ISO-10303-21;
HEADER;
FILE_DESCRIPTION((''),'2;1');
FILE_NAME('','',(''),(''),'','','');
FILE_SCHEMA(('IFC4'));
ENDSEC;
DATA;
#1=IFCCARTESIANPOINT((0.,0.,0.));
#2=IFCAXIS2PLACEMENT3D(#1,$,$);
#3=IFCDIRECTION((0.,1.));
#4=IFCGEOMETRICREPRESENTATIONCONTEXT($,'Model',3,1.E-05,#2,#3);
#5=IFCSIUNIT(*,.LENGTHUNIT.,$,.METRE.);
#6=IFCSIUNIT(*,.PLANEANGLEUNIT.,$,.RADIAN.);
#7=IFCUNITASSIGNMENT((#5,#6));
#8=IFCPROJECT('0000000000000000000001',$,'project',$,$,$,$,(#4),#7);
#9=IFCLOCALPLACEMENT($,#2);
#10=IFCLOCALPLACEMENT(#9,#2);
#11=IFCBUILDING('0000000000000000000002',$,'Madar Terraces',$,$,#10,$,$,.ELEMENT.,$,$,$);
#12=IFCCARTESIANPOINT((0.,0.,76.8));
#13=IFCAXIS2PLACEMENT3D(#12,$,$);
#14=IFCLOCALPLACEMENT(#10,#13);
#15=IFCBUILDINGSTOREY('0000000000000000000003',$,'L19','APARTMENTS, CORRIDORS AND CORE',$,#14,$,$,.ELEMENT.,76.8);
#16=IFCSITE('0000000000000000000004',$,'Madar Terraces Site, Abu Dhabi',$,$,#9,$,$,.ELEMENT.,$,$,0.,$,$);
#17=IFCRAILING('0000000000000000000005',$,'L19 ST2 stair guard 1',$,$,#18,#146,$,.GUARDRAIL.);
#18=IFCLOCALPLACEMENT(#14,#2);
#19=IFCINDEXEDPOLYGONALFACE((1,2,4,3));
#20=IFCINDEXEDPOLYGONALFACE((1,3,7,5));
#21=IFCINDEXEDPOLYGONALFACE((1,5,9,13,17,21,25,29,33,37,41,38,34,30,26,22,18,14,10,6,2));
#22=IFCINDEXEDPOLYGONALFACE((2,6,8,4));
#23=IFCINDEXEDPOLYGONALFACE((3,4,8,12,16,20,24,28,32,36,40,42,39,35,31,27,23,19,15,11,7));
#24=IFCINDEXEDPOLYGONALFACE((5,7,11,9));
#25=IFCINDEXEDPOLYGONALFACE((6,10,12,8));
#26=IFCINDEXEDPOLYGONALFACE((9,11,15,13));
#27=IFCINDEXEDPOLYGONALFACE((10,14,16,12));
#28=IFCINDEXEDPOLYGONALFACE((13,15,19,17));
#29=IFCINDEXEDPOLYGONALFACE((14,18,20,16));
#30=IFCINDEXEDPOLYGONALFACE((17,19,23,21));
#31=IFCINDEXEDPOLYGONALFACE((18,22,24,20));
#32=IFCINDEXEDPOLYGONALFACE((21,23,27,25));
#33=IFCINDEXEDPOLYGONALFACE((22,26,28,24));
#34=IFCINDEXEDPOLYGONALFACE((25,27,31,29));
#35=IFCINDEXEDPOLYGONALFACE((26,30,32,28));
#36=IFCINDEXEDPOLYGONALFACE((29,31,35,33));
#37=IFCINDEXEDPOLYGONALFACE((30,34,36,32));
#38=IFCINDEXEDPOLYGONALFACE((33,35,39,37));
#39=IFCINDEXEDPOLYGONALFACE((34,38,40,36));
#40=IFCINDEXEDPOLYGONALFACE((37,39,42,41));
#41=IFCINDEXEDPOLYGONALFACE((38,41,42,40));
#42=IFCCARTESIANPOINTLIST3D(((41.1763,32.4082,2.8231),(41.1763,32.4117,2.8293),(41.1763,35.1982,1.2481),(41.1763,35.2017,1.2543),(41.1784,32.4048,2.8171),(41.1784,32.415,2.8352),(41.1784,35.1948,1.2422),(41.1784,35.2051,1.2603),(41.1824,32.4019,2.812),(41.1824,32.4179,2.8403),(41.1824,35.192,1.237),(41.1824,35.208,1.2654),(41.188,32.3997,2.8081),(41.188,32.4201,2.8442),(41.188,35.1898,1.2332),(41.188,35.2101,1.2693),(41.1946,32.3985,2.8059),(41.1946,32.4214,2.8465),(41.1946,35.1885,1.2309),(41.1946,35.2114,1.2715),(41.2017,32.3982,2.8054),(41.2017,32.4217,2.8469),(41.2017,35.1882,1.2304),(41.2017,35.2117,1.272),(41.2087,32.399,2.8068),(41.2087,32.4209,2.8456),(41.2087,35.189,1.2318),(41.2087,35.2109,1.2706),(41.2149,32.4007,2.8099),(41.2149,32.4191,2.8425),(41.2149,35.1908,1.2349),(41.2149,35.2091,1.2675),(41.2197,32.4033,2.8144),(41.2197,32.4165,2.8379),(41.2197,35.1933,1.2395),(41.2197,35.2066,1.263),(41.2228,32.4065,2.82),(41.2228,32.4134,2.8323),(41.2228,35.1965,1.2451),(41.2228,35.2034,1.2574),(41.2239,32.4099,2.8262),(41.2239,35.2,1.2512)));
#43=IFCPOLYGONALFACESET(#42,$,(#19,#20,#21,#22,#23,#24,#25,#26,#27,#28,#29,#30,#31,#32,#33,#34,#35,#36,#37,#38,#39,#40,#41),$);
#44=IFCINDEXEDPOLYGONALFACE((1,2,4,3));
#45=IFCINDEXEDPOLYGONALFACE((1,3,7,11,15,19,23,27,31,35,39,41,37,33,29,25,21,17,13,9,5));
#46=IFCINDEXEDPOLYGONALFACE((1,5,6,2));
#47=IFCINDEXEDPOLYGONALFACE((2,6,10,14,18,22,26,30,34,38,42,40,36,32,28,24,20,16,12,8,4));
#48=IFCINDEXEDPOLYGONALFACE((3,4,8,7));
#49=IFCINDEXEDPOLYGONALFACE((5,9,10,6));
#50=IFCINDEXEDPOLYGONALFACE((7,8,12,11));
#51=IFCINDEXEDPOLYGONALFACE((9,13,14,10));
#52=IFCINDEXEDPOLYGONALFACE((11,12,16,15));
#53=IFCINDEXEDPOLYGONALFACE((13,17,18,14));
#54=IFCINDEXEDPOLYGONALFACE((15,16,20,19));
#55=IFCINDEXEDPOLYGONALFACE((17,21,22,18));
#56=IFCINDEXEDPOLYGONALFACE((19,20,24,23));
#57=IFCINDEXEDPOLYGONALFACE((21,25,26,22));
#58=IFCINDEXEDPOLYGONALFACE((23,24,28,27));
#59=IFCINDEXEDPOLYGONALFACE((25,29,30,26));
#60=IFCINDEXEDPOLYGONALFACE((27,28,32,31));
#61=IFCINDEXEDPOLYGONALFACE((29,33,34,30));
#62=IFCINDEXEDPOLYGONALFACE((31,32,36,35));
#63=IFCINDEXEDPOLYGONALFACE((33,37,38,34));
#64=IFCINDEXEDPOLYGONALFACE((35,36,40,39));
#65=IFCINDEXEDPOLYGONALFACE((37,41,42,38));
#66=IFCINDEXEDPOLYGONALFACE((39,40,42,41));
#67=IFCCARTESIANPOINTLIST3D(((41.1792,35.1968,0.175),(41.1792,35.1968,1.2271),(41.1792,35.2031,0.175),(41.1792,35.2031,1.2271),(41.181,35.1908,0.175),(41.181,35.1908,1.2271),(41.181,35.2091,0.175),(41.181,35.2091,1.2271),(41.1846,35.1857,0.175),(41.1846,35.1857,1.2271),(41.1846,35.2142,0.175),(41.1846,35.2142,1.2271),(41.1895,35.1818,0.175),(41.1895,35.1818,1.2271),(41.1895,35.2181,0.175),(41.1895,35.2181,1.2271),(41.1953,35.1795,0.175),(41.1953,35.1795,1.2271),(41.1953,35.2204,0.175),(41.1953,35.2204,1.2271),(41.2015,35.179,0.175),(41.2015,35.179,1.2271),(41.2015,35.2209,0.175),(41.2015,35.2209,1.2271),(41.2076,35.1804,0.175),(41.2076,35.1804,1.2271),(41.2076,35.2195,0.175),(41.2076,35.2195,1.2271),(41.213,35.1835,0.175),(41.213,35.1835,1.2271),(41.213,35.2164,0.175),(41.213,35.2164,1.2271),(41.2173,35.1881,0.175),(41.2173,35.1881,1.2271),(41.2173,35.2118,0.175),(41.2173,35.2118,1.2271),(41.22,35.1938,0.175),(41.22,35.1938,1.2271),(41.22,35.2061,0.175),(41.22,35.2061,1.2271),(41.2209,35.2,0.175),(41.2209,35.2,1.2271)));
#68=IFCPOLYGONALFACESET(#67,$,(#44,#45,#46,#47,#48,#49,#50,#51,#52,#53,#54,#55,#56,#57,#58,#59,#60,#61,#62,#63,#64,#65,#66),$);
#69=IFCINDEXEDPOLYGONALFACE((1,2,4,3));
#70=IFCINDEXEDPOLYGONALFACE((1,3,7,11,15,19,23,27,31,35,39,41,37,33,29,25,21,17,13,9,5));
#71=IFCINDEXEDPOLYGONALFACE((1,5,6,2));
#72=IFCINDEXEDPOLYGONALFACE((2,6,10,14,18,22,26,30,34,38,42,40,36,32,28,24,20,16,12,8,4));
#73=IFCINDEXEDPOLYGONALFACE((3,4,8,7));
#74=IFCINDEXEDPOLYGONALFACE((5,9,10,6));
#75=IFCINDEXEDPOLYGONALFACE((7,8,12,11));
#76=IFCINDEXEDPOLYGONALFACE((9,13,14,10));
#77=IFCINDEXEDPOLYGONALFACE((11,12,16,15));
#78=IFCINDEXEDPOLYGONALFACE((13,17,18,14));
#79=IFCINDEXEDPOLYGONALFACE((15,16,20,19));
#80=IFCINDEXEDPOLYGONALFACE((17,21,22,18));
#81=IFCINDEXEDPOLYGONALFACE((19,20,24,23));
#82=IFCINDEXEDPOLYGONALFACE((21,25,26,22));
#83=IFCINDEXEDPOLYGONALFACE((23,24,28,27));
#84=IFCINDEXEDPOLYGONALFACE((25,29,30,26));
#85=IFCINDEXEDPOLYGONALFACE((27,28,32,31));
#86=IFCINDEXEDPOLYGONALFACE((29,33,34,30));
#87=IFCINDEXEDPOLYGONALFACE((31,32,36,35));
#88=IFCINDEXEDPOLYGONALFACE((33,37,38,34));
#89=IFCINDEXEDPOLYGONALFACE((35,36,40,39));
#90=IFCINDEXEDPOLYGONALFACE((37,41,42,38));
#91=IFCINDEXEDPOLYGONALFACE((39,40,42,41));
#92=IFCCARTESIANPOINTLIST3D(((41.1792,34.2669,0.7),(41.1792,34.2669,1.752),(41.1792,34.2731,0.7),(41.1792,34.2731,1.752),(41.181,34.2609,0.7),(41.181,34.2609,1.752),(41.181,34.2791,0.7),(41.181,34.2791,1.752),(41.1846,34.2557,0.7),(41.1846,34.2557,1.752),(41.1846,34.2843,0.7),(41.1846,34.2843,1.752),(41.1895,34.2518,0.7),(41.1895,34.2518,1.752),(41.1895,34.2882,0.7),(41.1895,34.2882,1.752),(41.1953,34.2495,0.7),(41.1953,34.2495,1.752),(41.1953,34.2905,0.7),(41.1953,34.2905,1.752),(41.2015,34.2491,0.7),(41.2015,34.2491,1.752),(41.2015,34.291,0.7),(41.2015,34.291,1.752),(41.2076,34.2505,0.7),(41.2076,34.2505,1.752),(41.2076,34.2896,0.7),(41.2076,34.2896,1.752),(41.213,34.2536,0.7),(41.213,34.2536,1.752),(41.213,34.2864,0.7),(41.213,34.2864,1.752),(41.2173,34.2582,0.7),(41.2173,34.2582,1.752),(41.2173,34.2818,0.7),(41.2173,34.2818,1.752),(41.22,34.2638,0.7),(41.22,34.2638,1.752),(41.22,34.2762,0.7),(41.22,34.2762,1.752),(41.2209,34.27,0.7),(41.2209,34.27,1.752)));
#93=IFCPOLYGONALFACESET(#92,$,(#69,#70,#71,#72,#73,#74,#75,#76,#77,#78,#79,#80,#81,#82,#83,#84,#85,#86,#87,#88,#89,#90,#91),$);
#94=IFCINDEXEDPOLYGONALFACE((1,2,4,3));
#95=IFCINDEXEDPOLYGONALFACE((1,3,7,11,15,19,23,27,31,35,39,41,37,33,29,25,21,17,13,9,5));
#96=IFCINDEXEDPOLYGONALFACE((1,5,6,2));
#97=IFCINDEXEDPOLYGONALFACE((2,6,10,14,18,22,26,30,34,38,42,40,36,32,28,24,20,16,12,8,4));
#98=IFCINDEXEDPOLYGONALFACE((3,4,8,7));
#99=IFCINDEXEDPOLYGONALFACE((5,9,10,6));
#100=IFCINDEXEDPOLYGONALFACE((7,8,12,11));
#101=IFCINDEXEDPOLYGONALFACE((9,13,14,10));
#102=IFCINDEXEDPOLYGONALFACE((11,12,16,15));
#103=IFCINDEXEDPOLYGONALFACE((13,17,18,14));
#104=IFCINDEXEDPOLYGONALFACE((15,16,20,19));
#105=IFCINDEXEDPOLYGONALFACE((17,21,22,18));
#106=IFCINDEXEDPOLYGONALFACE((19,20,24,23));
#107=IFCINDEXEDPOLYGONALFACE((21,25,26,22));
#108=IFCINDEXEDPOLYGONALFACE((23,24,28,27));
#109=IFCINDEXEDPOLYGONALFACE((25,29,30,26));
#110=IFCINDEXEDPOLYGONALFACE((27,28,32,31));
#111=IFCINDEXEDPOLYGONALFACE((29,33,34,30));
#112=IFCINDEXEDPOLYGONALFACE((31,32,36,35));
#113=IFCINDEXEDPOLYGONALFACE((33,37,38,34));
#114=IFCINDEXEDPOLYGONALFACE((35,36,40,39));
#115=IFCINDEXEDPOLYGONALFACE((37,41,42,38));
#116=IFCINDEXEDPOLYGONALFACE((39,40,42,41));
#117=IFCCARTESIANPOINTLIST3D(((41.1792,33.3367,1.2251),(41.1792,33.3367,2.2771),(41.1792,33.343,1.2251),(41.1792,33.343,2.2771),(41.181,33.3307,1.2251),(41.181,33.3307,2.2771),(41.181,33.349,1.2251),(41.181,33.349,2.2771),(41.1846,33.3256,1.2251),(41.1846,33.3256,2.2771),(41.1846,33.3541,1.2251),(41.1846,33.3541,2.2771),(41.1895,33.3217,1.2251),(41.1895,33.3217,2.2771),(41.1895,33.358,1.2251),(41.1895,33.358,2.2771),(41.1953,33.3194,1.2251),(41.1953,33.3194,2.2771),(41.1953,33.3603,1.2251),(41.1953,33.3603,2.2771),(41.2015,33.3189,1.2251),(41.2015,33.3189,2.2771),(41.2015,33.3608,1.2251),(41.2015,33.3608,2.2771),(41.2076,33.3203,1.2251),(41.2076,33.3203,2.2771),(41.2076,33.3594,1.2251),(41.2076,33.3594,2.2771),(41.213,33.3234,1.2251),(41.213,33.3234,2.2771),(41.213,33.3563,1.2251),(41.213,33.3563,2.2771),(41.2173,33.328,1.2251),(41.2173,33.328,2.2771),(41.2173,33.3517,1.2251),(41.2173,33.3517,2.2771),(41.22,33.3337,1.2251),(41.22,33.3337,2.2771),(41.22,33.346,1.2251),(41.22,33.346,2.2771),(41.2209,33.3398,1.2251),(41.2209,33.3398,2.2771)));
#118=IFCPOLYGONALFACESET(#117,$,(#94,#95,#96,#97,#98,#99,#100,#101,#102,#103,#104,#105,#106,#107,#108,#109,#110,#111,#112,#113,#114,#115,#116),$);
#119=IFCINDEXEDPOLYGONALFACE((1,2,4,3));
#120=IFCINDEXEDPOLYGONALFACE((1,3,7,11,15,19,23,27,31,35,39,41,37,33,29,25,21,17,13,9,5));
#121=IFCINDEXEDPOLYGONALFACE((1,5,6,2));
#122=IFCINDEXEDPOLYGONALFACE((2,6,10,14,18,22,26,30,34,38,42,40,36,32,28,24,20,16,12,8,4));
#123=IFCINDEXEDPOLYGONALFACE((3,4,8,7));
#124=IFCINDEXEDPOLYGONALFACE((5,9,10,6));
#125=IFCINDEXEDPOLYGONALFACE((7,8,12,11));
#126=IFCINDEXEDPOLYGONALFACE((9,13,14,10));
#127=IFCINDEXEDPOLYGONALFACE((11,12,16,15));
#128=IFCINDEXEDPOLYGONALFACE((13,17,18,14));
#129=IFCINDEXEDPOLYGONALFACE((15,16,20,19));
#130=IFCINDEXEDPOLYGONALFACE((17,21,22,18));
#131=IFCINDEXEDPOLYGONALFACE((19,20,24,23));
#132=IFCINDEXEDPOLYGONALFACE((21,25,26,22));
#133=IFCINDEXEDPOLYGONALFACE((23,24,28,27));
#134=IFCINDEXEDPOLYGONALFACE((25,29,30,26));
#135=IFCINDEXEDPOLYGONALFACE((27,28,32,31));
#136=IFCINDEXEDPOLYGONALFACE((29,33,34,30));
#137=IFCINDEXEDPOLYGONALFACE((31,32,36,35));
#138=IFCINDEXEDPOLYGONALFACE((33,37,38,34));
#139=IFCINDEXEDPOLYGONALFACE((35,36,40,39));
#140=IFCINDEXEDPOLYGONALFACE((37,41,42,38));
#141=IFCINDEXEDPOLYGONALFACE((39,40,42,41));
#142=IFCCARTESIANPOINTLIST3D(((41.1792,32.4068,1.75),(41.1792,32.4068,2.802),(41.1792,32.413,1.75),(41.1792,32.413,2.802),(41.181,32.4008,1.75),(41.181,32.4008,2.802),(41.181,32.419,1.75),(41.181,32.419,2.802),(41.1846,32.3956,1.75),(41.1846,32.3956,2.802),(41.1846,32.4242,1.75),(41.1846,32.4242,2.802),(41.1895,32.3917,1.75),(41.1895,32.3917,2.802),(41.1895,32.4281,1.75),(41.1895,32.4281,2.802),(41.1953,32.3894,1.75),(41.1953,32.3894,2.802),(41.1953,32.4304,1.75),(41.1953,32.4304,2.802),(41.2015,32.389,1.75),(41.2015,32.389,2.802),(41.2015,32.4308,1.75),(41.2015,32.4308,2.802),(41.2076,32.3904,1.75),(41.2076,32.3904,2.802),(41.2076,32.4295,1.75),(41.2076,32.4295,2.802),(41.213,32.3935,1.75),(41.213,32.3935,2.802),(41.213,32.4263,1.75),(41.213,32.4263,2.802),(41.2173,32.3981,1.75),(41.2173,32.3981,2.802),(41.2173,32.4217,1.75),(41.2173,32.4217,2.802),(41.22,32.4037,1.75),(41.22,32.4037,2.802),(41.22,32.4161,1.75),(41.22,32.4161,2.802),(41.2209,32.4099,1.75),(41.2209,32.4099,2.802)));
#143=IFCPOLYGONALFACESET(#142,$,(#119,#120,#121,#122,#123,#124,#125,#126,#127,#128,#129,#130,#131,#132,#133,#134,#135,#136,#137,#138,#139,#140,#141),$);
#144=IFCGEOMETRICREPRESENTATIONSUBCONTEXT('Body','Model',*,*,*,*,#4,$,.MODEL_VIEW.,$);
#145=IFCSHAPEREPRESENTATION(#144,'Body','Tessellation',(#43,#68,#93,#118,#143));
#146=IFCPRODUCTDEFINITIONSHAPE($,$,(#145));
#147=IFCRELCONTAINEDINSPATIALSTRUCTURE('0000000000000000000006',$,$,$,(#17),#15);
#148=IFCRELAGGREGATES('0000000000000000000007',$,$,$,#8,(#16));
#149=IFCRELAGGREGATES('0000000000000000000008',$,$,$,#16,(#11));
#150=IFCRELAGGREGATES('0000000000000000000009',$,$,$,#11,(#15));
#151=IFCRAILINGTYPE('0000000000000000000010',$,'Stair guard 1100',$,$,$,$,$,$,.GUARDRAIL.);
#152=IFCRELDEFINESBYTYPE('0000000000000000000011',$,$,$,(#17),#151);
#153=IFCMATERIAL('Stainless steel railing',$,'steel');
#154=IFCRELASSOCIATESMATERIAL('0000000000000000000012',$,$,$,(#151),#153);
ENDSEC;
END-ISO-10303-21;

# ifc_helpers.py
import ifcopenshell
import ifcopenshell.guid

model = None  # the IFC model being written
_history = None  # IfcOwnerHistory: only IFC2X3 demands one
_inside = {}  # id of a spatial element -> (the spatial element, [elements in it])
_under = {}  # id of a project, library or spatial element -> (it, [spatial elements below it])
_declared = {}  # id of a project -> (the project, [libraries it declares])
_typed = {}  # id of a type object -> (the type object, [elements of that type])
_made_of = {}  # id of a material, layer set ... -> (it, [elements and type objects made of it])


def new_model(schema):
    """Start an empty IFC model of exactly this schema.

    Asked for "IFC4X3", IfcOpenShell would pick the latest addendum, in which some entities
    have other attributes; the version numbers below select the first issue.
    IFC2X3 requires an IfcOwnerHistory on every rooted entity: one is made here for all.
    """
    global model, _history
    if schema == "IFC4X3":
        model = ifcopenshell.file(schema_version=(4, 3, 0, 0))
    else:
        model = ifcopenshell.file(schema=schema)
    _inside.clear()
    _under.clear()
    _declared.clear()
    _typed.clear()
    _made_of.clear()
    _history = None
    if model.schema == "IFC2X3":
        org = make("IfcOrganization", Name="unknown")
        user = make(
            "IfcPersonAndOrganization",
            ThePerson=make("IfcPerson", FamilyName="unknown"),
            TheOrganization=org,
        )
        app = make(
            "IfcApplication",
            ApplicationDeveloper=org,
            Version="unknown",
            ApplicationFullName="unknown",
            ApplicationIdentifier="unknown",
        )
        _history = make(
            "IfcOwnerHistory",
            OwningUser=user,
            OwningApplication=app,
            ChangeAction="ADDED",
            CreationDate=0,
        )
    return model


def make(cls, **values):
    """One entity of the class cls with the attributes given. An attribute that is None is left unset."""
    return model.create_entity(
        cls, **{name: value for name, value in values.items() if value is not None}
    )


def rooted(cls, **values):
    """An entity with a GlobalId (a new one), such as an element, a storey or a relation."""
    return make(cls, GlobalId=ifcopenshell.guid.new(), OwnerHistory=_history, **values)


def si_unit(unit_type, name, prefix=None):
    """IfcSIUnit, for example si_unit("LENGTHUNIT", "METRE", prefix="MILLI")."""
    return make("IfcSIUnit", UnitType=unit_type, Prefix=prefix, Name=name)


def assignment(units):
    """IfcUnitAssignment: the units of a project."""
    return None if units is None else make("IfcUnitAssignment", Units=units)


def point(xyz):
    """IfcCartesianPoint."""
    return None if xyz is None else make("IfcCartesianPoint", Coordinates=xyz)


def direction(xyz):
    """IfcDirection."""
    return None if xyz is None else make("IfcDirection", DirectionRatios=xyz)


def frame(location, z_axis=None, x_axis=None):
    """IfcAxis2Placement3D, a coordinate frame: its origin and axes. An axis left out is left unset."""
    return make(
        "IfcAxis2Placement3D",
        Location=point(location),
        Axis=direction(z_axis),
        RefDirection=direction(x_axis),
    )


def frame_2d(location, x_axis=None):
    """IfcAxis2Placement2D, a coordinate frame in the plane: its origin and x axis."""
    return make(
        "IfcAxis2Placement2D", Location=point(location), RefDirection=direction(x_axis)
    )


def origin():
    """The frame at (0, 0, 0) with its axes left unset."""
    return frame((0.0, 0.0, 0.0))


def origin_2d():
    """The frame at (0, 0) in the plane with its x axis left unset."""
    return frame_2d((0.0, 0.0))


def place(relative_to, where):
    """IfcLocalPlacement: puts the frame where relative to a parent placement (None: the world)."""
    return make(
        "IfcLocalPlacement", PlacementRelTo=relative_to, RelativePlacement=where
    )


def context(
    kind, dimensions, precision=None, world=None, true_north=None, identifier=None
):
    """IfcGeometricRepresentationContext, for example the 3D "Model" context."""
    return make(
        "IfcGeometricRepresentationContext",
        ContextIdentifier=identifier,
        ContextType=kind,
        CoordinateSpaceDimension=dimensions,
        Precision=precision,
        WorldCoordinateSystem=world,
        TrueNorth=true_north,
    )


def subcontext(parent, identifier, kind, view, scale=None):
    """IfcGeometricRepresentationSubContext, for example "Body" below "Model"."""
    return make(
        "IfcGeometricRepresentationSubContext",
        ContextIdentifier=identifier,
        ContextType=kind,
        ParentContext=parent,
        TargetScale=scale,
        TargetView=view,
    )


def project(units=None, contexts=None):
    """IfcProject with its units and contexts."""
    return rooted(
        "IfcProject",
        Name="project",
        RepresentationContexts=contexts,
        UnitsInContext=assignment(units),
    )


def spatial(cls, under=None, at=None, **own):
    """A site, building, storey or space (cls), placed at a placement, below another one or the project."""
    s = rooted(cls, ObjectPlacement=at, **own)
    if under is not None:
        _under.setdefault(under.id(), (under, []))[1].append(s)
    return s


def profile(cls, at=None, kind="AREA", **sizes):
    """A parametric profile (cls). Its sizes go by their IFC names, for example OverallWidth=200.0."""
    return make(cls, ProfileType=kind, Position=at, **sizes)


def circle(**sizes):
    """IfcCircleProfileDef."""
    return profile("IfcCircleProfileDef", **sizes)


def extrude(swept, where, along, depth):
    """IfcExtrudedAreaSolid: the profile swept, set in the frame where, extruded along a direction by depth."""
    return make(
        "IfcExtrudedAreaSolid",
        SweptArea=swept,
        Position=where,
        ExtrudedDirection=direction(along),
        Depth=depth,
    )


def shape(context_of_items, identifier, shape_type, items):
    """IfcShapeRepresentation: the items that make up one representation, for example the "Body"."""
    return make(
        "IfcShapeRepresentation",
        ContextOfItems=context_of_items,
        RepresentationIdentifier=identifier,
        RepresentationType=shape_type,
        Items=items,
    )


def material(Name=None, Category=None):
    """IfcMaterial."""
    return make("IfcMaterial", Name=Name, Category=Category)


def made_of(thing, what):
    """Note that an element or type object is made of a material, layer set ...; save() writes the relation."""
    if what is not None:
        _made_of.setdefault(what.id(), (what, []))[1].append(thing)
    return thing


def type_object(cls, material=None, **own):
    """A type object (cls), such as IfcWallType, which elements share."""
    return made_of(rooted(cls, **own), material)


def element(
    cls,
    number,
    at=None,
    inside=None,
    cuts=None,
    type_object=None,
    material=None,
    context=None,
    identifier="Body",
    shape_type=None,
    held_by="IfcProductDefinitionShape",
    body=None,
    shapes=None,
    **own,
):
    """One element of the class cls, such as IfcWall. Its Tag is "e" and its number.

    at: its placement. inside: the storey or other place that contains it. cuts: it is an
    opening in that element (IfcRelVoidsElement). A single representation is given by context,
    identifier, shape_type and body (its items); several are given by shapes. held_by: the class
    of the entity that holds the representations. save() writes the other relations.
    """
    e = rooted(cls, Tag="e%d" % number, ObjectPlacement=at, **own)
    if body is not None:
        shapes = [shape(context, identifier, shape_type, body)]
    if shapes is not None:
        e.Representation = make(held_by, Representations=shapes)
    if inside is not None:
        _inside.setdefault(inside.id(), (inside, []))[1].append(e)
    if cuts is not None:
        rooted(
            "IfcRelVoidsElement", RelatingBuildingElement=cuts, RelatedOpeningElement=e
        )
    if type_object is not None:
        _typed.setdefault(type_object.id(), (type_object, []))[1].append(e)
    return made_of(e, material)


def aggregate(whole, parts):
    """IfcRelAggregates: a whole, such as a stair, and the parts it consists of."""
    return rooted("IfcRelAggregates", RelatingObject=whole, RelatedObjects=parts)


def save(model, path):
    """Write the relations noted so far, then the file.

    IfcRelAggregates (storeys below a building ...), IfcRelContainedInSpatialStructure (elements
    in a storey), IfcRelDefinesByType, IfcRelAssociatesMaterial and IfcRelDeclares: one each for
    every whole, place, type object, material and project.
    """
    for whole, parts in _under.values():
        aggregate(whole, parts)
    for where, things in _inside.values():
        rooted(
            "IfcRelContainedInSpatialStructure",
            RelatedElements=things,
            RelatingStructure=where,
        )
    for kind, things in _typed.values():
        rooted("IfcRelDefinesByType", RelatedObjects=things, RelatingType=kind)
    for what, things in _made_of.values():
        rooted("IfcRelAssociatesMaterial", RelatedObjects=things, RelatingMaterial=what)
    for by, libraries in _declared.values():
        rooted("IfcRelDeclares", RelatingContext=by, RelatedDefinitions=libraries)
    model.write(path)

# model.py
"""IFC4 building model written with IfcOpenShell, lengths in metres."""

from ifc_helpers import new_model, si_unit, direction, frame, origin, origin_2d, place, context, subcontext, project, spatial, circle, extrude, material, type_object, element, save


model = new_model("IFC4")

# Units and contexts
model_context = context("Model", 3, precision=1e-05, world=origin(), true_north=direction((0.0, 1.0)))
body_context = subcontext(model_context, "Body", "Model", "MODEL_VIEW")
ifc_project = project(units=[si_unit("LENGTHUNIT", "METRE"), si_unit("PLANEANGLEUNIT", "RADIAN")], contexts=[model_context])

# Site, building, storey
site_placement = place(None, origin())
site = spatial("IfcSite", under=ifc_project, at=site_placement, Name="Madar Terraces Site, Abu Dhabi", CompositionType="ELEMENT", RefElevation=0.0)
building_placement = place(site_placement, origin())
building = spatial("IfcBuilding", under=site, at=building_placement, Name="Madar Terraces", CompositionType="ELEMENT")
storey_placement = place(building_placement, frame((0.0, 0.0, 76.8)))
storey = spatial("IfcBuildingStorey", under=building, at=storey_placement, Name="L19", Description="APARTMENTS, CORRIDORS AND CORE", CompositionType="ELEMENT", Elevation=76.8)

# Railing
ifc_material_1 = material(Name="Stainless steel railing", Category="steel")
railing_type_1 = type_object("IfcRailingType", Name="Stair guard 1100", PredefinedType="GUARDRAIL", material=ifc_material_1)
railing_1_placement = place(storey_placement, frame((41.2, 35.2, 0.175)))
element("IfcRailing", 1, at=railing_1_placement, inside=storey, type_object=railing_type_1, Name="L19 ST2 stair guard 1", PredefinedType="GUARDRAIL", context=body_context, shape_type="SweptSolid", body=[
    extrude(circle(Radius=0.0239, at=origin_2d()), frame((0.0, 0.0, 1.0762), z_axis=(0.0, -0.870834, 0.491578), x_axis=(1.0, 0.0, 0.0)), (0.0, 0.0, 1.0), 3.2039),
    extrude(circle(Radius=0.021, at=origin_2d()), origin(), (0.0, 0.0, 1.0), 1.052),
    extrude(circle(Radius=0.021, at=origin_2d()), frame((0.0, -0.9299, 0.5249)), (0.0, 0.0, 1.0), 1.052),
    extrude(circle(Radius=0.021, at=origin_2d()), frame((0.0, -1.8601, 1.05)), (0.0, 0.0, 1.0), 1.052),
    extrude(circle(Radius=0.021, at=origin_2d()), frame((0.0, -2.79, 1.575)), (0.0, 0.0, 1.0), 1.052),
])

save(model, "model.ifc")
